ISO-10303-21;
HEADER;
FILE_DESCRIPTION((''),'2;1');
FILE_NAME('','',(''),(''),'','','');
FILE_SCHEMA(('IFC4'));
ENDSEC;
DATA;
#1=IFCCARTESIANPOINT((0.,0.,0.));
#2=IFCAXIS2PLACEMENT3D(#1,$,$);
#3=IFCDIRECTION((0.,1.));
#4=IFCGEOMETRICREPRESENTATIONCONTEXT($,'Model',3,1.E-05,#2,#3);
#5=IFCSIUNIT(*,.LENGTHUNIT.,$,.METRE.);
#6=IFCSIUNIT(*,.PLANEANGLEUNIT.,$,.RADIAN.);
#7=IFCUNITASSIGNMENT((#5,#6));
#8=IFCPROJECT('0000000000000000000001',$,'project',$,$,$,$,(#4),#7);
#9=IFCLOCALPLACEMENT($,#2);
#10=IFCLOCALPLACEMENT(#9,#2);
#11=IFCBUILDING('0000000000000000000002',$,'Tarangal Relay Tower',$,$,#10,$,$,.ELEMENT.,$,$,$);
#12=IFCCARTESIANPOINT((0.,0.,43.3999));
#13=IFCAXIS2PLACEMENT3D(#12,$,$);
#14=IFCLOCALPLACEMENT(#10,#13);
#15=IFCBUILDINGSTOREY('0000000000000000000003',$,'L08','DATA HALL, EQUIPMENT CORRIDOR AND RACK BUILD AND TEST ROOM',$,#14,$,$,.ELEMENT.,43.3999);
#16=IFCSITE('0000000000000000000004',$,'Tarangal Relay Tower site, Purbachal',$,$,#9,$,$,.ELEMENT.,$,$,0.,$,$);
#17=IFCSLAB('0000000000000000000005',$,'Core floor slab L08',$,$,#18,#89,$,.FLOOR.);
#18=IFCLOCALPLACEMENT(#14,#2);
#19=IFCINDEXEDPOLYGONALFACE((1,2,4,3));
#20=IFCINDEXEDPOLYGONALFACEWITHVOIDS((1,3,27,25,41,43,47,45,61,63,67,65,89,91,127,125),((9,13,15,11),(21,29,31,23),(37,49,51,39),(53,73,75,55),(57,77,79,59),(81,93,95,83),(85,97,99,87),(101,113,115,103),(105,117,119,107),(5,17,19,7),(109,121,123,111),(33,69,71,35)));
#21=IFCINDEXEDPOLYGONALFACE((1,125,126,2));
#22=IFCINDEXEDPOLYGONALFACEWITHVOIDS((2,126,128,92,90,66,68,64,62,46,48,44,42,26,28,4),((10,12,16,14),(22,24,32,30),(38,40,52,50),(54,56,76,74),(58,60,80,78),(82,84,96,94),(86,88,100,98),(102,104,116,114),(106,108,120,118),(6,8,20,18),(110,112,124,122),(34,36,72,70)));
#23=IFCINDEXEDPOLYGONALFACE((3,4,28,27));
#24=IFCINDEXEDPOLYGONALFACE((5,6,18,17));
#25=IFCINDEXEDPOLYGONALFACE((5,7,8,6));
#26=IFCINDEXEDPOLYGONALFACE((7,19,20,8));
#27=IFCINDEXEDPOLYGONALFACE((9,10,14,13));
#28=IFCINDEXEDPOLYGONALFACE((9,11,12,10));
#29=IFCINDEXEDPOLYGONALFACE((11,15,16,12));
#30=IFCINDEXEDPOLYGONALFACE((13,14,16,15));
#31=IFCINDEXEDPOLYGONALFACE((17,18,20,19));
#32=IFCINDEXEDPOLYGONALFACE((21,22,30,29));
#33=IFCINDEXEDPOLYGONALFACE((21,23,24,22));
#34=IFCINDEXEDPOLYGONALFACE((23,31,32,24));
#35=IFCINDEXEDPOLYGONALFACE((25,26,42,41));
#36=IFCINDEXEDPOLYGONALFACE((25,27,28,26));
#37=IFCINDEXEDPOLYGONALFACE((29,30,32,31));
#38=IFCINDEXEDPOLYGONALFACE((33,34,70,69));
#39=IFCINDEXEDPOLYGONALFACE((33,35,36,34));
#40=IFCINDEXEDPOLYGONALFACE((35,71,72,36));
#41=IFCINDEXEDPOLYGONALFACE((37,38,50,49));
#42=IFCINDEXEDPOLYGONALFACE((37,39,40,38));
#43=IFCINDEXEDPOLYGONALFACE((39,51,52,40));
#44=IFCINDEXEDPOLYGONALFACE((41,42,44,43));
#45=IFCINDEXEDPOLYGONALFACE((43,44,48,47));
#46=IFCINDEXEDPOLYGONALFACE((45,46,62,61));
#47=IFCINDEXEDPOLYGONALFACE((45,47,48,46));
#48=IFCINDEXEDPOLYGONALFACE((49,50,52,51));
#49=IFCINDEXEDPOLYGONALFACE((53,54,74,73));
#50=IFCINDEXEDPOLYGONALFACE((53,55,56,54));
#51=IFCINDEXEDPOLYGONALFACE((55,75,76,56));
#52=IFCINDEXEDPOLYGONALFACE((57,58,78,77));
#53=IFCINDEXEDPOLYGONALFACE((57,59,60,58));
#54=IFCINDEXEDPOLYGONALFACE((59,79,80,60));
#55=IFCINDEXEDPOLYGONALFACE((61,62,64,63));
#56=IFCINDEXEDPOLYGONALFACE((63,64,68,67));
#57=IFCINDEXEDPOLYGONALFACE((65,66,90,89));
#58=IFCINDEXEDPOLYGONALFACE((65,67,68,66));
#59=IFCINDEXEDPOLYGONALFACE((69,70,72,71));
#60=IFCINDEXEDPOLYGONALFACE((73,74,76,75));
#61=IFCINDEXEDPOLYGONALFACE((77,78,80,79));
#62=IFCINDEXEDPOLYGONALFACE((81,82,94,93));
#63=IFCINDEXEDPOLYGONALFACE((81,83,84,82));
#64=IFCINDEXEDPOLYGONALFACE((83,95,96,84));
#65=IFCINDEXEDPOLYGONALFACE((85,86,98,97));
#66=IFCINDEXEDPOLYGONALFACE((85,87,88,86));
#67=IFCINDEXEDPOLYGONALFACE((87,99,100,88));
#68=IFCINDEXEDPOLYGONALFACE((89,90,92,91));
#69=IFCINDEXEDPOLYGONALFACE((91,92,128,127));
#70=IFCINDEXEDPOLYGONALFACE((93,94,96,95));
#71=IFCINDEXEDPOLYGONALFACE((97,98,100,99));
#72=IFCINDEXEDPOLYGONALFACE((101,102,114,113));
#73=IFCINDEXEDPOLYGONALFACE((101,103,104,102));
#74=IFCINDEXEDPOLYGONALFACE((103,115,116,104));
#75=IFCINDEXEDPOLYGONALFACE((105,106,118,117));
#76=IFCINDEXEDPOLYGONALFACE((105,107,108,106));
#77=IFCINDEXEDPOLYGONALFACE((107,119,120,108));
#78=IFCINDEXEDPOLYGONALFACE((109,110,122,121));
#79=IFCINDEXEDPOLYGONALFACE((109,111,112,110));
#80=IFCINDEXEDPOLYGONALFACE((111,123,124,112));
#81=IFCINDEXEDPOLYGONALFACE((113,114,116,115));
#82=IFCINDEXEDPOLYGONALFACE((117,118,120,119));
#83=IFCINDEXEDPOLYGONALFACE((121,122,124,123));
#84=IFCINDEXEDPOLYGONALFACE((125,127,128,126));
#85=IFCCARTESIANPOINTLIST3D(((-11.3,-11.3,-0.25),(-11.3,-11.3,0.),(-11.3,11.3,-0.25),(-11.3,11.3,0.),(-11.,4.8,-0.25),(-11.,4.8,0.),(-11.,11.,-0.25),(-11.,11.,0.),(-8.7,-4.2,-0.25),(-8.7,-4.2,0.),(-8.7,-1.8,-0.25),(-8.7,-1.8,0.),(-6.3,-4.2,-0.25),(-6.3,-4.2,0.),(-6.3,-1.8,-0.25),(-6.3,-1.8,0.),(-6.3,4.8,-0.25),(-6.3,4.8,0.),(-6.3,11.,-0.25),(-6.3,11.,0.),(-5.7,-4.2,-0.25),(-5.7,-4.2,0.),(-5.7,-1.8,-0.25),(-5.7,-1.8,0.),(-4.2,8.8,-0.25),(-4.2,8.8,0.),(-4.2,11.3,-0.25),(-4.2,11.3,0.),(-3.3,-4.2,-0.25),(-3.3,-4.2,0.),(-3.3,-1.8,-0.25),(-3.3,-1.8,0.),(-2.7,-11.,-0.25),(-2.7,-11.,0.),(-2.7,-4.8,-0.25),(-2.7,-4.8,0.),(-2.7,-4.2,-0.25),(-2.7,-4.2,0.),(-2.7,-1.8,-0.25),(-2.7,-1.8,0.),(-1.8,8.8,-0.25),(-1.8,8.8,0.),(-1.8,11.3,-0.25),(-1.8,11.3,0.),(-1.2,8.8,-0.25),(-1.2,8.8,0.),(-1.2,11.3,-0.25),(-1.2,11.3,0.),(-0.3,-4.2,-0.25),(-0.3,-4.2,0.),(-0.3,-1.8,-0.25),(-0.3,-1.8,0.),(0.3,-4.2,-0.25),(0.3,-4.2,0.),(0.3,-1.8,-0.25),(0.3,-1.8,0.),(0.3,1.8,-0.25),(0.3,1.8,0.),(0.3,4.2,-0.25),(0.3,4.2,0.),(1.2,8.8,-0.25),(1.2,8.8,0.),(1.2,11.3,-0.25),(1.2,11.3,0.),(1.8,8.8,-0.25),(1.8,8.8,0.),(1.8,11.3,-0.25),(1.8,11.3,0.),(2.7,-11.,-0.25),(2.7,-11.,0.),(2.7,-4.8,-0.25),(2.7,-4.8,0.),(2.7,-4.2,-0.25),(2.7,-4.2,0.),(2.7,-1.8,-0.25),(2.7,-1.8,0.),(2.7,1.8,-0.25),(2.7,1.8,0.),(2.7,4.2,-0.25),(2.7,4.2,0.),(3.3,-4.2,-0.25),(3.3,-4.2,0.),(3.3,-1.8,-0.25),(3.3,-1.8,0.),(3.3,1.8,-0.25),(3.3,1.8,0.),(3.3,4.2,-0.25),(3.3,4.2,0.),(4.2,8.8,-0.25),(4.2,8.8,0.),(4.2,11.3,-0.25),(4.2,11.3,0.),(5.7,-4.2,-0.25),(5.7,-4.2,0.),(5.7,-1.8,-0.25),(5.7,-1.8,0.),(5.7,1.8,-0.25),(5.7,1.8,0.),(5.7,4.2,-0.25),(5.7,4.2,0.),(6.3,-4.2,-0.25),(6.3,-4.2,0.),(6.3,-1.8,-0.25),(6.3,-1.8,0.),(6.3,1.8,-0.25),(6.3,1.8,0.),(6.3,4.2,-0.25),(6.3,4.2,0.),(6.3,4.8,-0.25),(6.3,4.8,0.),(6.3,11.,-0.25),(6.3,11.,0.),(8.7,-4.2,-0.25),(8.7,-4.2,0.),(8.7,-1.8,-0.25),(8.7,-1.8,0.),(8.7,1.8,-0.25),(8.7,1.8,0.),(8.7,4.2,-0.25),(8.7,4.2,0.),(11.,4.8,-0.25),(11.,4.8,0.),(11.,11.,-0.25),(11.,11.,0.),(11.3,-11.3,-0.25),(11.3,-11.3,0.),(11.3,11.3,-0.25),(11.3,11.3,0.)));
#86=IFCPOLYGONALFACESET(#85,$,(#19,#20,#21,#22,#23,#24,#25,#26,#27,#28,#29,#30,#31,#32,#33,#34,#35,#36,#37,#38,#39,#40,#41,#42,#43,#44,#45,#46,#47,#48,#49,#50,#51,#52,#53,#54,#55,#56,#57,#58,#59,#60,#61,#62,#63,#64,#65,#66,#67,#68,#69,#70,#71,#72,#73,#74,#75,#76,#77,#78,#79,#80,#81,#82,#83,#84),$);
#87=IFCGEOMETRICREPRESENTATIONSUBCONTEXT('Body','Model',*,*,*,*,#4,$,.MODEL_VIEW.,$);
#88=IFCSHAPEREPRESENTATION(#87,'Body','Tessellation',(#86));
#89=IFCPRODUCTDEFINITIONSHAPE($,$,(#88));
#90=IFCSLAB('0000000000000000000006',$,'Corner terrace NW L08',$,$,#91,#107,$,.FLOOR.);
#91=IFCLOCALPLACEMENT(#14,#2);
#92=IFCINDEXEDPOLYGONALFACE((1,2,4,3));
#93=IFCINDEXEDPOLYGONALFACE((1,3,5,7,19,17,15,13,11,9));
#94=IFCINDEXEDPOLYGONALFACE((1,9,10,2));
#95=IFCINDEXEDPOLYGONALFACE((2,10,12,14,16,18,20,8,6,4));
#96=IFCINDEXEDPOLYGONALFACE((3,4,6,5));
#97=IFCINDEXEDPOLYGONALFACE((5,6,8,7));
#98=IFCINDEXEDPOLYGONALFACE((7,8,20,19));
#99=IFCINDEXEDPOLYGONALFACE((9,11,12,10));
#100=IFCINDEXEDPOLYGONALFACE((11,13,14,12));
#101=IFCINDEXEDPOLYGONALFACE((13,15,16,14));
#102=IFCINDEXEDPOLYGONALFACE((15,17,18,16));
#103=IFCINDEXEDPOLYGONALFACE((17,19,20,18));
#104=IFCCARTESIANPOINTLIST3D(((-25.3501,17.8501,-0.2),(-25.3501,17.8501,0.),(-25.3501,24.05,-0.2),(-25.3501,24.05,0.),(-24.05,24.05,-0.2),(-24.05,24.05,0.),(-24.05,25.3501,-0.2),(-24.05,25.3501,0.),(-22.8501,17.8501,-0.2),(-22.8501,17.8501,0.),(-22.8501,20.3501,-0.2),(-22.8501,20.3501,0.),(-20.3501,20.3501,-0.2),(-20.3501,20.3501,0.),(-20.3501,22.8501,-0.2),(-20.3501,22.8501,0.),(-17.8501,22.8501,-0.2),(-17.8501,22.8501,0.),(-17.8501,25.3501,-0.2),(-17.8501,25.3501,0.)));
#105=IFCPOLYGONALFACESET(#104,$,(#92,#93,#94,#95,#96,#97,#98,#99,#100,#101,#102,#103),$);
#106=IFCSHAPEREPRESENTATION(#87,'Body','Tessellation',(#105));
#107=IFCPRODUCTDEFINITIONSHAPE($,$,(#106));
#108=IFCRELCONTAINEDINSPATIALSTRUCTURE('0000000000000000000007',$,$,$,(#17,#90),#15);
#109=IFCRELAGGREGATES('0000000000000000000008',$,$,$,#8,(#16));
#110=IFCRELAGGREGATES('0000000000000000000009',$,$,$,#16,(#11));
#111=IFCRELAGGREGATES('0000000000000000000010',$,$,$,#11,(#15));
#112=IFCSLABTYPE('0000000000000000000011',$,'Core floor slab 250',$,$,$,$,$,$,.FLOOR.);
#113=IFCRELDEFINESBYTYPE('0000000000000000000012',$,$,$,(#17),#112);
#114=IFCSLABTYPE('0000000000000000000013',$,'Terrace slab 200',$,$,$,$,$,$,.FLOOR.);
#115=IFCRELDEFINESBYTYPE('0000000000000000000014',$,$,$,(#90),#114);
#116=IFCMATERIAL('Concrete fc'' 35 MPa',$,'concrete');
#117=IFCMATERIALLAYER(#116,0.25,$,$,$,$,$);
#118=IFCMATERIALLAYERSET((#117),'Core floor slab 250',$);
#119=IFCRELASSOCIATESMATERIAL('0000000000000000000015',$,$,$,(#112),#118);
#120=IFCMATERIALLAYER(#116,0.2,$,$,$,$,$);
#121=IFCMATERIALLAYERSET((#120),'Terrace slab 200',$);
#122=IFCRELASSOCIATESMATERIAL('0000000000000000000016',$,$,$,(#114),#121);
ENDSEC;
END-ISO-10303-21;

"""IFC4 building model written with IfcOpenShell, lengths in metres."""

from ifc_helpers import new_model, si_unit, direction, frame, origin, place, context, subcontext, project, spatial, polyline, outline, extrude, material, layer, layer_set, type_object, element, save


model = new_model("IFC4")

# Units and contexts
model_context = context("Model", 3, precision=1e-05, world=origin(), true_north=direction((0.0, 1.0)))
body_context = subcontext(model_context, "Body", "Model", "MODEL_VIEW")
ifc_project = project(units=[si_unit("LENGTHUNIT", "METRE"), si_unit("PLANEANGLEUNIT", "RADIAN")], contexts=[model_context])

# Site, building, storey
site_placement = place(None, origin())
site = spatial("IfcSite", under=ifc_project, at=site_placement, Name="Tarangal Relay Tower site, Purbachal", CompositionType="ELEMENT", RefElevation=0.0)
building_placement = place(site_placement, origin())
building = spatial("IfcBuilding", under=site, at=building_placement, Name="Tarangal Relay Tower", CompositionType="ELEMENT")
storey_placement = place(building_placement, frame((0.0, 0.0, 43.3999)))
storey = spatial("IfcBuildingStorey", under=building, at=storey_placement, Name="L08", Description="DATA HALL, EQUIPMENT CORRIDOR AND RACK BUILD AND TEST ROOM", CompositionType="ELEMENT", Elevation=43.3999)

# Slabs
ifc_material_1 = material(Name="Concrete fc' 35 MPa", Category="concrete")
ifc_layer_1 = layer(ifc_material_1, 0.25)
ifc_layer_set_1 = layer_set([ifc_layer_1], Name="Core floor slab 250")
slab_type_1 = type_object("IfcSlabType", Name="Core floor slab 250", PredefinedType="FLOOR", material=ifc_layer_set_1)
slab_1_placement = place(storey_placement, frame((0.0, 0.0, -0.25)))
element("IfcSlab", 1, at=slab_1_placement, inside=storey, type_object=slab_type_1, Name="Core floor slab L08", PredefinedType="FLOOR", context=body_context, shape_type="SweptSolid", body=[
    extrude(outline(polyline([(11.3, 11.3), (11.3, -11.3), (-11.3, -11.3), (-11.3, 11.3), (-4.2, 11.3), (-4.2, 8.8), (-1.8, 8.8), (-1.8, 11.3), (-1.2, 11.3), (-1.2, 8.8), (1.2, 8.8), (1.2, 11.3), (1.8, 11.3), (1.8, 8.8), (4.2, 8.8), (4.2, 11.3), (11.3, 11.3)]), holes=[polyline([(2.7, -4.8), (-2.7, -4.8), (-2.7, -11.0), (2.7, -11.0), (2.7, -4.8)]), polyline([(-6.3, -4.2), (-6.3, -1.8), (-8.7, -1.8), (-8.7, -4.2), (-6.3, -4.2)]), polyline([(-3.3, -4.2), (-3.3, -1.8), (-5.7, -1.8), (-5.7, -4.2), (-3.3, -4.2)]), polyline([(-0.3, -4.2), (-0.3, -1.8), (-2.7, -1.8), (-2.7, -4.2), (-0.3, -4.2)]), polyline([(2.7, 1.8), (2.7, 4.2), (0.3, 4.2), (0.3, 1.8), (2.7, 1.8)]), polyline([(-6.3, 4.8), (-6.3, 11.0), (-11.0, 11.0), (-11.0, 4.8), (-6.3, 4.8)]), polyline([(2.7, -4.2), (2.7, -1.8), (0.3, -1.8), (0.3, -4.2), (2.7, -4.2)]), polyline([(5.7, -4.2), (5.7, -1.8), (3.3, -1.8), (3.3, -4.2), (5.7, -4.2)]), polyline([(8.7, -4.2), (8.7, -1.8), (6.3, -1.8), (6.3, -4.2), (8.7, -4.2)]), polyline([(5.7, 1.8), (5.7, 4.2), (3.3, 4.2), (3.3, 1.8), (5.7, 1.8)]), polyline([(8.7, 1.8), (8.7, 4.2), (6.3, 4.2), (6.3, 1.8), (8.7, 1.8)]), polyline([(11.0, 4.8), (11.0, 11.0), (6.3, 11.0), (6.3, 4.8), (11.0, 4.8)])]), origin(), (0.0, 0.0, 1.0), 0.25),
])
ifc_layer_2 = layer(ifc_material_1, 0.2)
ifc_layer_set_2 = layer_set([ifc_layer_2], Name="Terrace slab 200")
slab_type_2 = type_object("IfcSlabType", Name="Terrace slab 200", PredefinedType="FLOOR", material=ifc_layer_set_2)
slab_2_placement = place(storey_placement, frame((0.0, 0.0, -0.2)))
element("IfcSlab", 2, at=slab_2_placement, inside=storey, type_object=slab_type_2, Name="Corner terrace NW L08", PredefinedType="FLOOR", context=body_context, shape_type="SweptSolid", body=[
    extrude(outline(polyline([(-25.3501, 17.8501), (-22.8501, 17.8501), (-22.8501, 20.3501), (-20.3501, 20.3501), (-20.3501, 22.8501), (-17.8501, 22.8501), (-17.8501, 25.3501), (-24.05, 25.3501), (-24.05, 24.05), (-25.3501, 24.05), (-25.3501, 17.8501)])), origin(), (0.0, 0.0, 1.0), 0.2),
])

save(model, "model.ifc")
